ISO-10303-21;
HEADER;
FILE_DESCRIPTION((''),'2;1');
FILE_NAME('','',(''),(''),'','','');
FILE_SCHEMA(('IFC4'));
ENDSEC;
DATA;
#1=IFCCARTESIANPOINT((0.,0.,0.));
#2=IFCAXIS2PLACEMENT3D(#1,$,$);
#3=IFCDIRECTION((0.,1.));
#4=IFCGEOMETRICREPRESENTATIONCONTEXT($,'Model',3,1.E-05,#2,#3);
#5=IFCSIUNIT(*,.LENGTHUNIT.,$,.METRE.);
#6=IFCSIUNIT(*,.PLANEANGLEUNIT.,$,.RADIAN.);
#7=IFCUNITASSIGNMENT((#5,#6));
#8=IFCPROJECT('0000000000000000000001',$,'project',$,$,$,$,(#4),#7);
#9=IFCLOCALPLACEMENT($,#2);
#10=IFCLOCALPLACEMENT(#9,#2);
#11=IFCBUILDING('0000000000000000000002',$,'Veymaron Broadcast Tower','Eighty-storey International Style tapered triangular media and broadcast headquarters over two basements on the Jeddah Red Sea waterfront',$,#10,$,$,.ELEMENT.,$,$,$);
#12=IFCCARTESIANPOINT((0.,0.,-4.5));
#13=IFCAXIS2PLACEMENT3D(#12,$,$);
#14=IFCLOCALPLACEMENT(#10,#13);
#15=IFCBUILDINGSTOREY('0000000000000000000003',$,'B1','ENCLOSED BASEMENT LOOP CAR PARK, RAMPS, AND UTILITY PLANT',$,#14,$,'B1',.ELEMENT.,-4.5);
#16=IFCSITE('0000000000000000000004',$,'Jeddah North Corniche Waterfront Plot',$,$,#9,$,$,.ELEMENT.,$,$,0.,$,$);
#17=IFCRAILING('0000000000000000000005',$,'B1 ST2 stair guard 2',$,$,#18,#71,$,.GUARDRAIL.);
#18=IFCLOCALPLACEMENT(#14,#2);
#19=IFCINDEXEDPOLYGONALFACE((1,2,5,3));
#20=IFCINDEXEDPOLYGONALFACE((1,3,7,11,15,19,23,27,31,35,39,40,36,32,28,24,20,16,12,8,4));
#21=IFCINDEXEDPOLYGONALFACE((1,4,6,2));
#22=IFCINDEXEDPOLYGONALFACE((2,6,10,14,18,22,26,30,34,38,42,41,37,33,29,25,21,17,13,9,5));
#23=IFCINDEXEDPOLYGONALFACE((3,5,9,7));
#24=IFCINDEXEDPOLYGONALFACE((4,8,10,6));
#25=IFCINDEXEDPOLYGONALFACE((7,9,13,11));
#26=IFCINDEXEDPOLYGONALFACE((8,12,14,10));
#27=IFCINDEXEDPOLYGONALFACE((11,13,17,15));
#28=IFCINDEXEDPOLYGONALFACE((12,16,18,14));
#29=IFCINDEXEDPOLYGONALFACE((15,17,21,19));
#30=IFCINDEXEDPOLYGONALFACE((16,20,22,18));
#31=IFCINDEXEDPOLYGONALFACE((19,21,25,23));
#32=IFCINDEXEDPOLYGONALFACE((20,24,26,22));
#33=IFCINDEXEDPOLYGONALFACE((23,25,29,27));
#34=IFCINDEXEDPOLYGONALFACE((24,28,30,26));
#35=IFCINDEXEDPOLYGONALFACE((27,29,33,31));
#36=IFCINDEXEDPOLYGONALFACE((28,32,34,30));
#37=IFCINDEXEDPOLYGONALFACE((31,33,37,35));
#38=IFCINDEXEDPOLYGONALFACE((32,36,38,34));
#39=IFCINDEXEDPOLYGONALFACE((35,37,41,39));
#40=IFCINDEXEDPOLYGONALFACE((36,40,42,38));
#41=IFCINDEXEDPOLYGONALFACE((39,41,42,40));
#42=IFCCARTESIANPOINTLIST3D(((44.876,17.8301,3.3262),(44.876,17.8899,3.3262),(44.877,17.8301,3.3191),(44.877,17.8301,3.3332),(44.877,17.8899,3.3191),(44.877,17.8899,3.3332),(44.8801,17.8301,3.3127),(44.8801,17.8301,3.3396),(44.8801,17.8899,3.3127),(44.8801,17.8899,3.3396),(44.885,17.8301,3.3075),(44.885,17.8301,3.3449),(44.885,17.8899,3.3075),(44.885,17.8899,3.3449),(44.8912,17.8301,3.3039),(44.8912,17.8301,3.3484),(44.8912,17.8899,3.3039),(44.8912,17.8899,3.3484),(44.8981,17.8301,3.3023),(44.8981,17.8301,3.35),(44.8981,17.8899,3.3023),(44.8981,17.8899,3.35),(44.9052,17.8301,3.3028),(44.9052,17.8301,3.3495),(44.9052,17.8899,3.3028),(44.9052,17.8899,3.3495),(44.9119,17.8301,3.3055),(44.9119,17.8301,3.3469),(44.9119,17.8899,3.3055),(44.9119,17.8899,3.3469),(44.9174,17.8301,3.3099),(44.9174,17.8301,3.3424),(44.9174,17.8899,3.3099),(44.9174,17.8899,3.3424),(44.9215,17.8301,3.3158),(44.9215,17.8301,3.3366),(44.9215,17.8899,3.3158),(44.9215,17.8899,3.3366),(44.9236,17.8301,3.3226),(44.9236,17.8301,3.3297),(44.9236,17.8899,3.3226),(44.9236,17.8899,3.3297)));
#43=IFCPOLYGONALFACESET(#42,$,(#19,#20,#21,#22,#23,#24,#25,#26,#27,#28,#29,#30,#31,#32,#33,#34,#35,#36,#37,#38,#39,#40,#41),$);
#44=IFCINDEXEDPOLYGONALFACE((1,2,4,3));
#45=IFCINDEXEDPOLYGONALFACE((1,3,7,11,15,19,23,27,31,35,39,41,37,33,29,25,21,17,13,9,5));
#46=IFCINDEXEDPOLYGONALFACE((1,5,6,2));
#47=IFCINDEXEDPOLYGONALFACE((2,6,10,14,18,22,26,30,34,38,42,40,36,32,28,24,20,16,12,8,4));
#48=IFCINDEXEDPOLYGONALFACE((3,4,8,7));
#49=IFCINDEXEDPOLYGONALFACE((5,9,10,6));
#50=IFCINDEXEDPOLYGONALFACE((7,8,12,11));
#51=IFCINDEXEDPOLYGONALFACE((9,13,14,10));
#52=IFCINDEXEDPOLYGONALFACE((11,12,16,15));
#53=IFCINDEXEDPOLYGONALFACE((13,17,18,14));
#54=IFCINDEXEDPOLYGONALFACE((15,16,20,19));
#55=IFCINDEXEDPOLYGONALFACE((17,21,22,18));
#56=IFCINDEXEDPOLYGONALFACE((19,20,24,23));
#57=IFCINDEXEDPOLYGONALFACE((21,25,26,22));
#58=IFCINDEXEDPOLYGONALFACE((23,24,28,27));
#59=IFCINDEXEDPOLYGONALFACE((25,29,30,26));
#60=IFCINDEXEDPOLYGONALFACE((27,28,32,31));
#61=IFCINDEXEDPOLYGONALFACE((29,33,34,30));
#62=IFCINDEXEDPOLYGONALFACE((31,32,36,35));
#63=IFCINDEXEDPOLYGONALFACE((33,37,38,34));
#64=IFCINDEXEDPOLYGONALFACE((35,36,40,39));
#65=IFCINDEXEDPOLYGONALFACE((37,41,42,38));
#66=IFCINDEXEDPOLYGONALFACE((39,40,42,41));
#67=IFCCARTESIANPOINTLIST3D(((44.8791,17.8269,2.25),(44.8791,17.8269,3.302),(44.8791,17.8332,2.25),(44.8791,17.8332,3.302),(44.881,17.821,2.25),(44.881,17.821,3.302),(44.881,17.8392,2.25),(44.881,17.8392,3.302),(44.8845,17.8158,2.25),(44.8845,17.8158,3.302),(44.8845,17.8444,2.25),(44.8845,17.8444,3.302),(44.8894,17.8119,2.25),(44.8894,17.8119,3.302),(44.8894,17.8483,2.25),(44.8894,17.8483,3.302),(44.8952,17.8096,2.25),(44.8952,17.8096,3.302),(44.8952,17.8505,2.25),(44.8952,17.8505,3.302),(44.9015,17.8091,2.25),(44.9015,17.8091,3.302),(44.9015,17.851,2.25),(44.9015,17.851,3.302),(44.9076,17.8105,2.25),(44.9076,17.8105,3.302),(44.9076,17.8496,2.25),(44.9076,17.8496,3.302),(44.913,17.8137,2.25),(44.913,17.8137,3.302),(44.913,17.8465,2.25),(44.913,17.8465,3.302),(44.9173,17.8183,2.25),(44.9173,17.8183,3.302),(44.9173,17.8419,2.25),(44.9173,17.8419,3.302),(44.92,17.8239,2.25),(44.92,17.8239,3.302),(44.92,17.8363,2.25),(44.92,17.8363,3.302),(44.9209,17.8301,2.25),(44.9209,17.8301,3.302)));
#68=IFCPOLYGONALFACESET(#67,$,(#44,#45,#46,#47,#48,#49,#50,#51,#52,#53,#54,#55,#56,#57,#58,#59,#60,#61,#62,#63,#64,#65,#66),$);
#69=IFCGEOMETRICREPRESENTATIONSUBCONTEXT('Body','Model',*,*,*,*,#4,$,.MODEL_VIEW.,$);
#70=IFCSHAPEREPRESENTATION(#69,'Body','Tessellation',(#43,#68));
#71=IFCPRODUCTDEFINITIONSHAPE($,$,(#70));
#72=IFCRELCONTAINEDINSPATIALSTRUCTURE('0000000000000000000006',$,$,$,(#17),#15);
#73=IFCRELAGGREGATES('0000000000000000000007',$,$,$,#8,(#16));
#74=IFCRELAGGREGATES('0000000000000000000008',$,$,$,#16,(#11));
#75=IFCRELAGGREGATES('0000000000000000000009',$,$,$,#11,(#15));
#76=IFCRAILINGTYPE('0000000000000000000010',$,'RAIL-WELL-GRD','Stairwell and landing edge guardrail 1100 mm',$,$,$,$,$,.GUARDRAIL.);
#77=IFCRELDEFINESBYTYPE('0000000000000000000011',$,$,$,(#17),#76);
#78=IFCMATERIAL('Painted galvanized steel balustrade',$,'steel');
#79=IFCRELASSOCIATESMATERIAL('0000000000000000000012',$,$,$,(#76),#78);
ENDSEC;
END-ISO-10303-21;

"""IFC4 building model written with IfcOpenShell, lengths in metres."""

from ifc_helpers import new_model, si_unit, direction, frame, origin, origin_2d, place, context, subcontext, project, spatial, circle, extrude, material, type_object, element, save


model = new_model("IFC4")

# Units and contexts
model_context = context("Model", 3, precision=1e-05, world=origin(), true_north=direction((0.0, 1.0)))
body_context = subcontext(model_context, "Body", "Model", "MODEL_VIEW")
ifc_project = project(units=[si_unit("LENGTHUNIT", "METRE"), si_unit("PLANEANGLEUNIT", "RADIAN")], contexts=[model_context])

# Site, building, storey
site_placement = place(None, origin())
site = spatial("IfcSite", under=ifc_project, at=site_placement, Name="Jeddah North Corniche Waterfront Plot", CompositionType="ELEMENT", RefElevation=0.0)
building_placement = place(site_placement, origin())
building = spatial("IfcBuilding", under=site, at=building_placement, Name="Veymaron Broadcast Tower", Description="Eighty-storey International Style tapered triangular media and broadcast headquarters over two basements on the Jeddah Red Sea waterfront", CompositionType="ELEMENT")
storey_placement = place(building_placement, frame((0.0, 0.0, -4.5)))
storey = spatial("IfcBuildingStorey", under=building, at=storey_placement, Name="B1", Description="ENCLOSED BASEMENT LOOP CAR PARK, RAMPS, AND UTILITY PLANT", LongName="B1", CompositionType="ELEMENT", Elevation=-4.5)

# Railing
ifc_material_1 = material(Name="Painted galvanized steel balustrade", Category="steel")
railing_type_1 = type_object("IfcRailingType", Name="RAIL-WELL-GRD", Description="Stairwell and landing edge guardrail 1100 mm", PredefinedType="GUARDRAIL", material=ifc_material_1)
railing_1_placement = place(storey_placement, frame((44.8999, 17.8301, 2.25)))
element("IfcRailing", 1, at=railing_1_placement, inside=storey, type_object=railing_type_1, Name="B1 ST2 stair guard 2", PredefinedType="GUARDRAIL", context=body_context, shape_type="SweptSolid", body=[
    extrude(circle(Radius=0.0239, at=origin_2d()), frame((0.0, 0.0, 1.0762), z_axis=(0.0, 1.0, 0.0), x_axis=(-1.0, 0.0, 0.0)), (0.0, 0.0, 1.0), 0.0598),
    extrude(circle(Radius=0.021, at=origin_2d()), origin(), (0.0, 0.0, 1.0), 1.052),
])

save(model, "model.ifc")
